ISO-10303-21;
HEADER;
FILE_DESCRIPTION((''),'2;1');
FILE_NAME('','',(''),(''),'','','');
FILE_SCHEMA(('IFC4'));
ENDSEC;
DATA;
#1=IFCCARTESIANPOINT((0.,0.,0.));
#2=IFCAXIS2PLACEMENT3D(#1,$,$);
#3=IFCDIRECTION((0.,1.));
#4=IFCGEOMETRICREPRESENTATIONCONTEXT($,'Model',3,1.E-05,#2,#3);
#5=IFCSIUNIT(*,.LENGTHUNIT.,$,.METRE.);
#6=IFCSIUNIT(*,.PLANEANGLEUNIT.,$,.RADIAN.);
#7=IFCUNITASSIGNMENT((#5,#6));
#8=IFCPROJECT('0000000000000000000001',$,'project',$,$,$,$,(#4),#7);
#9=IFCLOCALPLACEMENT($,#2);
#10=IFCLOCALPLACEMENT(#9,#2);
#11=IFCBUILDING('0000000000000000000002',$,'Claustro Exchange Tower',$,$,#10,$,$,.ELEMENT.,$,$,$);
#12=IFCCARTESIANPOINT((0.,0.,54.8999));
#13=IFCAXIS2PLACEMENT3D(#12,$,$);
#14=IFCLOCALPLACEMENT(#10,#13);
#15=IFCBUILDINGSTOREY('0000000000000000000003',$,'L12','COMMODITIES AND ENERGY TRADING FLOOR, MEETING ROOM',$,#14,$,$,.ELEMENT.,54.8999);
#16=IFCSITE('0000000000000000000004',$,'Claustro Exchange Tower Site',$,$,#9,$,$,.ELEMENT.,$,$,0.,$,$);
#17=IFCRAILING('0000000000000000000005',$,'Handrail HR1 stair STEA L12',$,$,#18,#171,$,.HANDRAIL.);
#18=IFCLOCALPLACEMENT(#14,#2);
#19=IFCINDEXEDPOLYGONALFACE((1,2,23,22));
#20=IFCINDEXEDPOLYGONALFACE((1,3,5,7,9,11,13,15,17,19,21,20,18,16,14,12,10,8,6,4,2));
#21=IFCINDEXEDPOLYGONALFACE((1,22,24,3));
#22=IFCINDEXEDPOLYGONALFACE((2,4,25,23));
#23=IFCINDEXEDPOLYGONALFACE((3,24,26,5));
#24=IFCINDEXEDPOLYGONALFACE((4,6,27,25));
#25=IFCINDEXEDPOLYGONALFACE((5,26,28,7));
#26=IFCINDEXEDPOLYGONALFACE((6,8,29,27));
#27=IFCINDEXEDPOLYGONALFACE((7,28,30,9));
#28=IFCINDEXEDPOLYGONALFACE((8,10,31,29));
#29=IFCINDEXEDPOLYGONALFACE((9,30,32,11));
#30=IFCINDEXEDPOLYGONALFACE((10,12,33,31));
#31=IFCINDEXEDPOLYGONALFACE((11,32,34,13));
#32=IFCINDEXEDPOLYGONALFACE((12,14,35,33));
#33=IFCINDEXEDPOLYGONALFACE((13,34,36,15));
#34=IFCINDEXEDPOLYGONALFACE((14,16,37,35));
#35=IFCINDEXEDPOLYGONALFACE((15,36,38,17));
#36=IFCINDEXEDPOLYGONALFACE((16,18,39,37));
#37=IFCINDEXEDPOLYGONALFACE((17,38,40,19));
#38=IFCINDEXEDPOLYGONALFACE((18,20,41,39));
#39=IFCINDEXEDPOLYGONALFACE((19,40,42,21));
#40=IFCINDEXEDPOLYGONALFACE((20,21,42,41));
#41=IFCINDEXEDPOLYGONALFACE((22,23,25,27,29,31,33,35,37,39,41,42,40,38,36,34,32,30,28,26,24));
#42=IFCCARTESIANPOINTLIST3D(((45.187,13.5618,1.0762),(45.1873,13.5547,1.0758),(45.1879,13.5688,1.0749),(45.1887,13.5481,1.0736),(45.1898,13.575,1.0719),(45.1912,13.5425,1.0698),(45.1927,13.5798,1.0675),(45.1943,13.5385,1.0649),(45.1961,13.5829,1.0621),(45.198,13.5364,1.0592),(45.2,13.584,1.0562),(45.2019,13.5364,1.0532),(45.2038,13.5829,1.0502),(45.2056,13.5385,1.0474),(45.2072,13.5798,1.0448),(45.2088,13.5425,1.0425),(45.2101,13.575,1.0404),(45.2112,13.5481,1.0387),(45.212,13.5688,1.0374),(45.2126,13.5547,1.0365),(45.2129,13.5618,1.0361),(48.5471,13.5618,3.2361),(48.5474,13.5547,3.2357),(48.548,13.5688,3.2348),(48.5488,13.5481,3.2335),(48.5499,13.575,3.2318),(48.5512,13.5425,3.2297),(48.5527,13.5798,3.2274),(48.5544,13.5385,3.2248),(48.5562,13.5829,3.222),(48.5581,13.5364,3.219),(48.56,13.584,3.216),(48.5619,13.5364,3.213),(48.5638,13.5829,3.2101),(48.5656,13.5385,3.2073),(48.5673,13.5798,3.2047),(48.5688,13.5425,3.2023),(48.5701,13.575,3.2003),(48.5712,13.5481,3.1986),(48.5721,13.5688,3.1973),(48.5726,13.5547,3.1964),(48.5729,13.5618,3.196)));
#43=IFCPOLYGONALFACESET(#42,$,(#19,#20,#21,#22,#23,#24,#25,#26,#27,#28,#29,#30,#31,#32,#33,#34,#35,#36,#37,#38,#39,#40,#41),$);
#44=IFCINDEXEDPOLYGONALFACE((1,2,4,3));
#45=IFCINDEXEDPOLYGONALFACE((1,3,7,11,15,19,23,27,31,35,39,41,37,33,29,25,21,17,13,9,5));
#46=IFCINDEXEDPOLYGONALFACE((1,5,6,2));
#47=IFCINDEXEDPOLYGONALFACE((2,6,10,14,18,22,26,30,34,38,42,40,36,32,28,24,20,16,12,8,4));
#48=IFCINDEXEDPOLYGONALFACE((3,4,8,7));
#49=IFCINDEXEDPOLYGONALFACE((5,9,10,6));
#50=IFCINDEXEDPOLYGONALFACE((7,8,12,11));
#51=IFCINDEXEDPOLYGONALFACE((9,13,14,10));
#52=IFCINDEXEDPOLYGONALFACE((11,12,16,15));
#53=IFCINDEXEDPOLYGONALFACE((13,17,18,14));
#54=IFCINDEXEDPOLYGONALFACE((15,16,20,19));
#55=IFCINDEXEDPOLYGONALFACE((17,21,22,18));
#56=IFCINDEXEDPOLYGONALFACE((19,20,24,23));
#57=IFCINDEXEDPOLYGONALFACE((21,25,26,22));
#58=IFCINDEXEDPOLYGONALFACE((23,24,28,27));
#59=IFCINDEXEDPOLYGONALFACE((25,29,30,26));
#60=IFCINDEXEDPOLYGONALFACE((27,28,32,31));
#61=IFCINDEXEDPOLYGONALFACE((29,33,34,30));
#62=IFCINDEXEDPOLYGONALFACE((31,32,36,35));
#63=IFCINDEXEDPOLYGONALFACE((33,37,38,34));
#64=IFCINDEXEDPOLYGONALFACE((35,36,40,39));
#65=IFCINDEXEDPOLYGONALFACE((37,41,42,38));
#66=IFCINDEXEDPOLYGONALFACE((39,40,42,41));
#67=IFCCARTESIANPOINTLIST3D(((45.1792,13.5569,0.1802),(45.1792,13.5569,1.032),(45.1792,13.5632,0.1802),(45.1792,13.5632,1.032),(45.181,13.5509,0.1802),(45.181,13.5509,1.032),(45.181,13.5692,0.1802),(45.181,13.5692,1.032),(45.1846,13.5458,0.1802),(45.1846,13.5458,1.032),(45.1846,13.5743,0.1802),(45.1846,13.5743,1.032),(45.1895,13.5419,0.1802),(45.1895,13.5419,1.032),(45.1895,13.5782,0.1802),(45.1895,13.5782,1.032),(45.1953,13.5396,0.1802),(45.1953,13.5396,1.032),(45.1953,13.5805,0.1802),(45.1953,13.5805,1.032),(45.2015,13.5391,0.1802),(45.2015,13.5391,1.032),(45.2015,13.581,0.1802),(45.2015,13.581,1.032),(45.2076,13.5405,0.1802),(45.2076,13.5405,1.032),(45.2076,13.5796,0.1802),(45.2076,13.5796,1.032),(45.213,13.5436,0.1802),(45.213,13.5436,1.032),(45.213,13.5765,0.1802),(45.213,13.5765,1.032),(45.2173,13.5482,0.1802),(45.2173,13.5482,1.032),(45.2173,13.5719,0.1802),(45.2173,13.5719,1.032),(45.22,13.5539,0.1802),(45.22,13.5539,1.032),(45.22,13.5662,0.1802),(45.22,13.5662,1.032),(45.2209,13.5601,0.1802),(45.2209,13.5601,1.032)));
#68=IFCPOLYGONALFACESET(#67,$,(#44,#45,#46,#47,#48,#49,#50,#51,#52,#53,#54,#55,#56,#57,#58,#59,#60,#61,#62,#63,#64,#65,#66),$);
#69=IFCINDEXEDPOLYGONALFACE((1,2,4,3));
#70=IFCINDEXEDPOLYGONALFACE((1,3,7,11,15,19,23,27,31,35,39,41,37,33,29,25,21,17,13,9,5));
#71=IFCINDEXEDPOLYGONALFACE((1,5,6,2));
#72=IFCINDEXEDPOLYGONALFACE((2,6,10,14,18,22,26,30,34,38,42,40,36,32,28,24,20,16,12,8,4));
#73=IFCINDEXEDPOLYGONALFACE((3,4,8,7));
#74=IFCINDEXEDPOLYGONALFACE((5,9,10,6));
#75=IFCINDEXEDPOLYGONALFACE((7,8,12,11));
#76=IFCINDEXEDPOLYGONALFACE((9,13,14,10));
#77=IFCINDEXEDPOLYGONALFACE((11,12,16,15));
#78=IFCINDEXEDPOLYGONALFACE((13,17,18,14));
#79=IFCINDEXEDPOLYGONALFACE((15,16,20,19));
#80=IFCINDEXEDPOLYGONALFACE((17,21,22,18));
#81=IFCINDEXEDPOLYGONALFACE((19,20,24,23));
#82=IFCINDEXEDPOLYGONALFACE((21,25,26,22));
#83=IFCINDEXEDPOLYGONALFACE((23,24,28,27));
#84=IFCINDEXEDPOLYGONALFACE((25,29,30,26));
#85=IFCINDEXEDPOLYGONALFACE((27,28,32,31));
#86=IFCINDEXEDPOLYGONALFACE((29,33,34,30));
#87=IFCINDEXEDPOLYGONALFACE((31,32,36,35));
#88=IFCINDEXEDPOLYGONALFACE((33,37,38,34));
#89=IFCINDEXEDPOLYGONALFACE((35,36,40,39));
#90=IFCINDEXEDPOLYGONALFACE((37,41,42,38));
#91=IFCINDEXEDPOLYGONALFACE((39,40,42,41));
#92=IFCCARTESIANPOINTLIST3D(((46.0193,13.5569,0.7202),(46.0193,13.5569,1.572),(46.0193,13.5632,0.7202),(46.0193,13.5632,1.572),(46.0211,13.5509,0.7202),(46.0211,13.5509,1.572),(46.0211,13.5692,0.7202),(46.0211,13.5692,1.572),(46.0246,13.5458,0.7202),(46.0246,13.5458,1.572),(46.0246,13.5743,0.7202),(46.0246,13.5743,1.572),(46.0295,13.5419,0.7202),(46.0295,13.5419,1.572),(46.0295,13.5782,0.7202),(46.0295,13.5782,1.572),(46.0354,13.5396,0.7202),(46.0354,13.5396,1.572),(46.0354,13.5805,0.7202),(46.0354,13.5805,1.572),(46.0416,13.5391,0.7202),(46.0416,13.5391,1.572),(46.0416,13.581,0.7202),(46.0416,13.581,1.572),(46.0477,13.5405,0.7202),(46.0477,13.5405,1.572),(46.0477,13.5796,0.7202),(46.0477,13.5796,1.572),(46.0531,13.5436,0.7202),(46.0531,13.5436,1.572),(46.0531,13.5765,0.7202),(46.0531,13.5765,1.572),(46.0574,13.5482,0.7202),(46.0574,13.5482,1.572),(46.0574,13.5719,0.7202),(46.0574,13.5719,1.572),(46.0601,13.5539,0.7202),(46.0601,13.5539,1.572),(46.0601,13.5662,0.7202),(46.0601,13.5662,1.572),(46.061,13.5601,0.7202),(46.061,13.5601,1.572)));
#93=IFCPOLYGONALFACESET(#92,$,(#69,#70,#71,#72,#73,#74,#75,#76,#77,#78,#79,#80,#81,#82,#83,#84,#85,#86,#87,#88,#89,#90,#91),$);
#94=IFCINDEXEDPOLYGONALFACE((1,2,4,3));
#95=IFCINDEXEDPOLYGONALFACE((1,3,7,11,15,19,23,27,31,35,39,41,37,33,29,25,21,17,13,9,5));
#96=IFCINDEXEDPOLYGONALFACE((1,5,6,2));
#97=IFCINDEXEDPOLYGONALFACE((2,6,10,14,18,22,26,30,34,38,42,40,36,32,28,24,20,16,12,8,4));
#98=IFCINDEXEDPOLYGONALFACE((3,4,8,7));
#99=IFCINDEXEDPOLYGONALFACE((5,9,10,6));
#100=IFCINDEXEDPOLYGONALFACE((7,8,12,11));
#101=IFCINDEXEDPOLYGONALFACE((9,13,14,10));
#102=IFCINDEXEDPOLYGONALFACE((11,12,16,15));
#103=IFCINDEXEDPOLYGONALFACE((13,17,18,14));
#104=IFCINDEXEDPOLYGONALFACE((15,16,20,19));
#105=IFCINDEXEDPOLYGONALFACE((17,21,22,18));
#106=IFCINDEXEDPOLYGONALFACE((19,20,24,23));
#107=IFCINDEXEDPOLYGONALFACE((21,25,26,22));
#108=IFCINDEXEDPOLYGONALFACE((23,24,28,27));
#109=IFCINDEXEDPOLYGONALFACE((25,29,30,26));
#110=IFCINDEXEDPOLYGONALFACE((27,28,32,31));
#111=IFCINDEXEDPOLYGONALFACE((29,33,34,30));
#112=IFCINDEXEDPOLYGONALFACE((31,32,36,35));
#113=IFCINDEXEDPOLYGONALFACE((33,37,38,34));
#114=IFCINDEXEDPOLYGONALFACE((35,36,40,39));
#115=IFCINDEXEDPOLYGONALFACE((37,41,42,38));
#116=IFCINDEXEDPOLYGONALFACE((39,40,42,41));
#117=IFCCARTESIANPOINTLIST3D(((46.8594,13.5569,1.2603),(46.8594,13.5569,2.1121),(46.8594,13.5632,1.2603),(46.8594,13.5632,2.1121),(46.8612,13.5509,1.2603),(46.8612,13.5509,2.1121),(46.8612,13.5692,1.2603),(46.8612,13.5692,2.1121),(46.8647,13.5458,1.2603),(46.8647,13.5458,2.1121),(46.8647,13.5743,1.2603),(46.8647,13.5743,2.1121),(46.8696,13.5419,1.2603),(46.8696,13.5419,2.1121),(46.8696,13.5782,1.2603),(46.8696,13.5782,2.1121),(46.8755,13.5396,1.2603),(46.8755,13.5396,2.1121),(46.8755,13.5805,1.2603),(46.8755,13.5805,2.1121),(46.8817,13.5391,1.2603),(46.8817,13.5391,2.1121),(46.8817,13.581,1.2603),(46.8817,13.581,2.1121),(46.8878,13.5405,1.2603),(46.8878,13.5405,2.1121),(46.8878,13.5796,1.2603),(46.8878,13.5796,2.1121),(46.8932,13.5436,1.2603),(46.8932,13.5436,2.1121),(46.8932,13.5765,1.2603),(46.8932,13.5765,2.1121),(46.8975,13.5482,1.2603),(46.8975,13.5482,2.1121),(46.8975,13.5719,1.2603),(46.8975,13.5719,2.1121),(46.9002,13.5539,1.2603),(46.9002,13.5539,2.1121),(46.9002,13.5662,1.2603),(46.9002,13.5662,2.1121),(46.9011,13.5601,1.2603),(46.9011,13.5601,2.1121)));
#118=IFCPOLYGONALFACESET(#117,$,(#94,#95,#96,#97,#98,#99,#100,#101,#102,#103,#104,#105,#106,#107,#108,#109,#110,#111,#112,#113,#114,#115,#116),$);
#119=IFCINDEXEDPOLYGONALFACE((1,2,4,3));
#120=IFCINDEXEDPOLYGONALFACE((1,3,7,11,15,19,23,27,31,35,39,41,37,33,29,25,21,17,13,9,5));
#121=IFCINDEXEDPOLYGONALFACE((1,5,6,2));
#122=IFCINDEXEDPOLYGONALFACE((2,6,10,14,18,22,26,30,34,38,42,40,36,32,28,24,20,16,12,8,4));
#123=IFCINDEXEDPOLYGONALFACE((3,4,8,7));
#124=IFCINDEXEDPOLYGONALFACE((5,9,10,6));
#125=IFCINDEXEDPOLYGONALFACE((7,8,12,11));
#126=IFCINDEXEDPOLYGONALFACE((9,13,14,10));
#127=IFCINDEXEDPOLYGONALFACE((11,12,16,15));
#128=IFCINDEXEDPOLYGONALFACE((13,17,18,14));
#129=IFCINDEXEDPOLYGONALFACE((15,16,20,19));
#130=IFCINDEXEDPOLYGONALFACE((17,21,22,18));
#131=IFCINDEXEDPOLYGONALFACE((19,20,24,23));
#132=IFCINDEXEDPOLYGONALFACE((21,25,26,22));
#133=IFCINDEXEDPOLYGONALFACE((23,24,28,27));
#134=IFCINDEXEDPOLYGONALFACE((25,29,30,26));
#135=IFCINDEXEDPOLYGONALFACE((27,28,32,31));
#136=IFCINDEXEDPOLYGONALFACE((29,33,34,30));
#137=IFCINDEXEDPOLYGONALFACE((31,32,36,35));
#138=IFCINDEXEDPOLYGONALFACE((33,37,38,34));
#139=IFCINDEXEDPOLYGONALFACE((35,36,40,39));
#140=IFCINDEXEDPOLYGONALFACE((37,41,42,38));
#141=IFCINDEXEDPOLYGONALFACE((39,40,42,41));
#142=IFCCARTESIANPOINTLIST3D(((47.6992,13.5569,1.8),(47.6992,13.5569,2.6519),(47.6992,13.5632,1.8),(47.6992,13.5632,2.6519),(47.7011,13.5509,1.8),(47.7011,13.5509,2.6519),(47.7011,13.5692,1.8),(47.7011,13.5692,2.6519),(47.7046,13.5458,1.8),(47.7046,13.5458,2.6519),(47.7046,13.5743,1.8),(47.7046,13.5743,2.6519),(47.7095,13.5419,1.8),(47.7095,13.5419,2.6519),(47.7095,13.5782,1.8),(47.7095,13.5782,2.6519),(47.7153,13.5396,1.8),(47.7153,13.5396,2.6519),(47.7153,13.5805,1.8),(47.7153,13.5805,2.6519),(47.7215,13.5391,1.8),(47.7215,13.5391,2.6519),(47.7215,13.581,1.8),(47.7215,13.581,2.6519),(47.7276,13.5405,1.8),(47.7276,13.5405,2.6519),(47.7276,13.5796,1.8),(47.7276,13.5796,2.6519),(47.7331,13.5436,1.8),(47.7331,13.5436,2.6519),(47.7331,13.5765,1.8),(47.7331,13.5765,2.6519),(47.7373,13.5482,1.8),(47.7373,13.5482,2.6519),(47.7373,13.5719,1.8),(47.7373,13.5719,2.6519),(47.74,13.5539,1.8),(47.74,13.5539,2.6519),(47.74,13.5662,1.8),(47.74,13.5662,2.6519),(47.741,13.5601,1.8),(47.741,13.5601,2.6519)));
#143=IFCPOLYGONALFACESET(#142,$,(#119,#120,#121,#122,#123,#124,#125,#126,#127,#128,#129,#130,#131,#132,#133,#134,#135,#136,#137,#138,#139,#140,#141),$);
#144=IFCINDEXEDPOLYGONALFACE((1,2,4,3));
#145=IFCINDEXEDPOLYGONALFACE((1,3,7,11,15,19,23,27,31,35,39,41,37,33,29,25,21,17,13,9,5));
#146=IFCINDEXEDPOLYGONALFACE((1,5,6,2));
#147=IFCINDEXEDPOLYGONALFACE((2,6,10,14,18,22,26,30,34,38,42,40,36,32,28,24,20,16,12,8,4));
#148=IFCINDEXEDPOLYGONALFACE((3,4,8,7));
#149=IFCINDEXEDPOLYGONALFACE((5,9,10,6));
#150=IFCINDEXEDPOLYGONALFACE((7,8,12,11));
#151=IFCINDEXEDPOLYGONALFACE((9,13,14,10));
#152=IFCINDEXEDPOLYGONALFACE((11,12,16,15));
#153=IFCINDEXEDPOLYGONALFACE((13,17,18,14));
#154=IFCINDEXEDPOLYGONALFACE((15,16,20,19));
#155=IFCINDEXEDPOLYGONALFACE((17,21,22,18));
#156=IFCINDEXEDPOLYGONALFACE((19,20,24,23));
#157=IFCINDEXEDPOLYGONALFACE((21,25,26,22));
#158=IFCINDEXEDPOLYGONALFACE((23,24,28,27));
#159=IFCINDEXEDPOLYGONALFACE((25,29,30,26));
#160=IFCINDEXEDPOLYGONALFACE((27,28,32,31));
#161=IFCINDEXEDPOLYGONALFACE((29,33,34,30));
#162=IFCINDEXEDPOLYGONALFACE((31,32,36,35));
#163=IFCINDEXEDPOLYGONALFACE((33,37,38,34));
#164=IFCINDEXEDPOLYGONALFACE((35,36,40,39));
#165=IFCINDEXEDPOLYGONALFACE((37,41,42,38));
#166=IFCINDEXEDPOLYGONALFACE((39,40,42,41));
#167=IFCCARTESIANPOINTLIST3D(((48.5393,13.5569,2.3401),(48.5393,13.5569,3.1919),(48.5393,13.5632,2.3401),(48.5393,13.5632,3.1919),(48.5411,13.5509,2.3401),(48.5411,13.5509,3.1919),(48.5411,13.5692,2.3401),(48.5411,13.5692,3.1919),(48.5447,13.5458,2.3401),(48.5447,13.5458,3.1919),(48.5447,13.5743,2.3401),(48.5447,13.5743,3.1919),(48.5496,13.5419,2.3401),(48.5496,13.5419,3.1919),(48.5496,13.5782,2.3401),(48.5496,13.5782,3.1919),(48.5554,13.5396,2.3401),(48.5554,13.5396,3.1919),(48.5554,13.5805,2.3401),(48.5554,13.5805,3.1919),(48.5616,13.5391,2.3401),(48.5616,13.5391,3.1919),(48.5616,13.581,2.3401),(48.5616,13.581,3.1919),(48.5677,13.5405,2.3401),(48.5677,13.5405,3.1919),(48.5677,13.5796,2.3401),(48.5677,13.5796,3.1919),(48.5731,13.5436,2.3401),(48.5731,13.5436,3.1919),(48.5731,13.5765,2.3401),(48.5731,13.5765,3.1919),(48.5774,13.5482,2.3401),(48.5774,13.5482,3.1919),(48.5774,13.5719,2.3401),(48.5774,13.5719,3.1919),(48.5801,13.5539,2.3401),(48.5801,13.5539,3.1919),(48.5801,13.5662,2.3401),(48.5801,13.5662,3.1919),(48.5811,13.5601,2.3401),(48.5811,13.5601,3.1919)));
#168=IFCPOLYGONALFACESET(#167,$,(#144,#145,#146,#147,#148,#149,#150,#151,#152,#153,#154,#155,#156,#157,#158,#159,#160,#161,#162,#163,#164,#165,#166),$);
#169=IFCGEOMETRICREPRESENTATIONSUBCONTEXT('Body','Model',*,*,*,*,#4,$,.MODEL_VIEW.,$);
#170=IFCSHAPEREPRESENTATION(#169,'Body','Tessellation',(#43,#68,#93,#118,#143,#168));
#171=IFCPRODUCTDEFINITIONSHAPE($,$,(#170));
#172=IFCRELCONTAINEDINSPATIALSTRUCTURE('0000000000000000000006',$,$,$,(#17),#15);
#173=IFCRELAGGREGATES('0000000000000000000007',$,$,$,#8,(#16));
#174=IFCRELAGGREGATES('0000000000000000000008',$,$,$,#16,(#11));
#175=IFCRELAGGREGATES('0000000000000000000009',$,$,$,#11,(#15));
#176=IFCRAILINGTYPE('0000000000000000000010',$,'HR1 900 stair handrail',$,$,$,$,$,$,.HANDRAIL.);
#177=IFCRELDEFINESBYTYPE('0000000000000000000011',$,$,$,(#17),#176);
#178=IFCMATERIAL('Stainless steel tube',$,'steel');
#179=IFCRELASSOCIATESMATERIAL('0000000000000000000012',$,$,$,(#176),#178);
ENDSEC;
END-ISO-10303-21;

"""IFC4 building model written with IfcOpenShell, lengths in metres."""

from ifc_helpers import new_model, si_unit, direction, frame, origin, origin_2d, place, context, subcontext, project, spatial, circle, extrude, material, type_object, element, save


model = new_model("IFC4")

# Units and contexts
model_context = context("Model", 3, precision=1e-05, world=origin(), true_north=direction((0.0, 1.0)))
body_context = subcontext(model_context, "Body", "Model", "MODEL_VIEW")
ifc_project = project(units=[si_unit("LENGTHUNIT", "METRE"), si_unit("PLANEANGLEUNIT", "RADIAN")], contexts=[model_context])

# Site, building, storey
site_placement = place(None, origin())
site = spatial("IfcSite", under=ifc_project, at=site_placement, Name="Claustro Exchange Tower Site", CompositionType="ELEMENT", RefElevation=0.0)
building_placement = place(site_placement, origin())
building = spatial("IfcBuilding", under=site, at=building_placement, Name="Claustro Exchange Tower", CompositionType="ELEMENT")
storey_placement = place(building_placement, frame((0.0, 0.0, 54.8999)))
storey = spatial("IfcBuildingStorey", under=building, at=storey_placement, Name="L12", Description="COMMODITIES AND ENERGY TRADING FLOOR, MEETING ROOM", CompositionType="ELEMENT", Elevation=54.8999)

# Railing
ifc_material_1 = material(Name="Stainless steel tube", Category="steel")
railing_type_1 = type_object("IfcRailingType", Name="HR1 900 stair handrail", PredefinedType="HANDRAIL", material=ifc_material_1)
railing_1_placement = place(storey_placement, frame((45.2, 13.5601, 0.1802)))
element("IfcRailing", 1, at=railing_1_placement, inside=storey, type_object=railing_type_1, Name="Handrail HR1 stair STEA L12", PredefinedType="HANDRAIL", context=body_context, shape_type="SweptSolid", body=[
    extrude(circle(Radius=0.0239, at=origin_2d()), frame((0.0, 0.0, 0.876), z_axis=(0.841196, 0.0, 0.54073), x_axis=(0.0, 1.0, 0.0)), (0.0, 0.0, 1.0), 3.9944),
    extrude(circle(Radius=0.021, at=origin_2d()), origin(), (0.0, 0.0, 1.0), 0.8518),
    extrude(circle(Radius=0.021, at=origin_2d()), frame((0.8401, 0.0, 0.54)), (0.0, 0.0, 1.0), 0.8518),
    extrude(circle(Radius=0.021, at=origin_2d()), frame((1.6802, 0.0, 1.0801)), (0.0, 0.0, 1.0), 0.8518),
    extrude(circle(Radius=0.021, at=origin_2d()), frame((2.52, 0.0, 1.6199)), (0.0, 0.0, 1.0), 0.8518),
    extrude(circle(Radius=0.021, at=origin_2d()), frame((3.3601, 0.0, 2.1599)), (0.0, 0.0, 1.0), 0.8518),
])

save(model, "model.ifc")
